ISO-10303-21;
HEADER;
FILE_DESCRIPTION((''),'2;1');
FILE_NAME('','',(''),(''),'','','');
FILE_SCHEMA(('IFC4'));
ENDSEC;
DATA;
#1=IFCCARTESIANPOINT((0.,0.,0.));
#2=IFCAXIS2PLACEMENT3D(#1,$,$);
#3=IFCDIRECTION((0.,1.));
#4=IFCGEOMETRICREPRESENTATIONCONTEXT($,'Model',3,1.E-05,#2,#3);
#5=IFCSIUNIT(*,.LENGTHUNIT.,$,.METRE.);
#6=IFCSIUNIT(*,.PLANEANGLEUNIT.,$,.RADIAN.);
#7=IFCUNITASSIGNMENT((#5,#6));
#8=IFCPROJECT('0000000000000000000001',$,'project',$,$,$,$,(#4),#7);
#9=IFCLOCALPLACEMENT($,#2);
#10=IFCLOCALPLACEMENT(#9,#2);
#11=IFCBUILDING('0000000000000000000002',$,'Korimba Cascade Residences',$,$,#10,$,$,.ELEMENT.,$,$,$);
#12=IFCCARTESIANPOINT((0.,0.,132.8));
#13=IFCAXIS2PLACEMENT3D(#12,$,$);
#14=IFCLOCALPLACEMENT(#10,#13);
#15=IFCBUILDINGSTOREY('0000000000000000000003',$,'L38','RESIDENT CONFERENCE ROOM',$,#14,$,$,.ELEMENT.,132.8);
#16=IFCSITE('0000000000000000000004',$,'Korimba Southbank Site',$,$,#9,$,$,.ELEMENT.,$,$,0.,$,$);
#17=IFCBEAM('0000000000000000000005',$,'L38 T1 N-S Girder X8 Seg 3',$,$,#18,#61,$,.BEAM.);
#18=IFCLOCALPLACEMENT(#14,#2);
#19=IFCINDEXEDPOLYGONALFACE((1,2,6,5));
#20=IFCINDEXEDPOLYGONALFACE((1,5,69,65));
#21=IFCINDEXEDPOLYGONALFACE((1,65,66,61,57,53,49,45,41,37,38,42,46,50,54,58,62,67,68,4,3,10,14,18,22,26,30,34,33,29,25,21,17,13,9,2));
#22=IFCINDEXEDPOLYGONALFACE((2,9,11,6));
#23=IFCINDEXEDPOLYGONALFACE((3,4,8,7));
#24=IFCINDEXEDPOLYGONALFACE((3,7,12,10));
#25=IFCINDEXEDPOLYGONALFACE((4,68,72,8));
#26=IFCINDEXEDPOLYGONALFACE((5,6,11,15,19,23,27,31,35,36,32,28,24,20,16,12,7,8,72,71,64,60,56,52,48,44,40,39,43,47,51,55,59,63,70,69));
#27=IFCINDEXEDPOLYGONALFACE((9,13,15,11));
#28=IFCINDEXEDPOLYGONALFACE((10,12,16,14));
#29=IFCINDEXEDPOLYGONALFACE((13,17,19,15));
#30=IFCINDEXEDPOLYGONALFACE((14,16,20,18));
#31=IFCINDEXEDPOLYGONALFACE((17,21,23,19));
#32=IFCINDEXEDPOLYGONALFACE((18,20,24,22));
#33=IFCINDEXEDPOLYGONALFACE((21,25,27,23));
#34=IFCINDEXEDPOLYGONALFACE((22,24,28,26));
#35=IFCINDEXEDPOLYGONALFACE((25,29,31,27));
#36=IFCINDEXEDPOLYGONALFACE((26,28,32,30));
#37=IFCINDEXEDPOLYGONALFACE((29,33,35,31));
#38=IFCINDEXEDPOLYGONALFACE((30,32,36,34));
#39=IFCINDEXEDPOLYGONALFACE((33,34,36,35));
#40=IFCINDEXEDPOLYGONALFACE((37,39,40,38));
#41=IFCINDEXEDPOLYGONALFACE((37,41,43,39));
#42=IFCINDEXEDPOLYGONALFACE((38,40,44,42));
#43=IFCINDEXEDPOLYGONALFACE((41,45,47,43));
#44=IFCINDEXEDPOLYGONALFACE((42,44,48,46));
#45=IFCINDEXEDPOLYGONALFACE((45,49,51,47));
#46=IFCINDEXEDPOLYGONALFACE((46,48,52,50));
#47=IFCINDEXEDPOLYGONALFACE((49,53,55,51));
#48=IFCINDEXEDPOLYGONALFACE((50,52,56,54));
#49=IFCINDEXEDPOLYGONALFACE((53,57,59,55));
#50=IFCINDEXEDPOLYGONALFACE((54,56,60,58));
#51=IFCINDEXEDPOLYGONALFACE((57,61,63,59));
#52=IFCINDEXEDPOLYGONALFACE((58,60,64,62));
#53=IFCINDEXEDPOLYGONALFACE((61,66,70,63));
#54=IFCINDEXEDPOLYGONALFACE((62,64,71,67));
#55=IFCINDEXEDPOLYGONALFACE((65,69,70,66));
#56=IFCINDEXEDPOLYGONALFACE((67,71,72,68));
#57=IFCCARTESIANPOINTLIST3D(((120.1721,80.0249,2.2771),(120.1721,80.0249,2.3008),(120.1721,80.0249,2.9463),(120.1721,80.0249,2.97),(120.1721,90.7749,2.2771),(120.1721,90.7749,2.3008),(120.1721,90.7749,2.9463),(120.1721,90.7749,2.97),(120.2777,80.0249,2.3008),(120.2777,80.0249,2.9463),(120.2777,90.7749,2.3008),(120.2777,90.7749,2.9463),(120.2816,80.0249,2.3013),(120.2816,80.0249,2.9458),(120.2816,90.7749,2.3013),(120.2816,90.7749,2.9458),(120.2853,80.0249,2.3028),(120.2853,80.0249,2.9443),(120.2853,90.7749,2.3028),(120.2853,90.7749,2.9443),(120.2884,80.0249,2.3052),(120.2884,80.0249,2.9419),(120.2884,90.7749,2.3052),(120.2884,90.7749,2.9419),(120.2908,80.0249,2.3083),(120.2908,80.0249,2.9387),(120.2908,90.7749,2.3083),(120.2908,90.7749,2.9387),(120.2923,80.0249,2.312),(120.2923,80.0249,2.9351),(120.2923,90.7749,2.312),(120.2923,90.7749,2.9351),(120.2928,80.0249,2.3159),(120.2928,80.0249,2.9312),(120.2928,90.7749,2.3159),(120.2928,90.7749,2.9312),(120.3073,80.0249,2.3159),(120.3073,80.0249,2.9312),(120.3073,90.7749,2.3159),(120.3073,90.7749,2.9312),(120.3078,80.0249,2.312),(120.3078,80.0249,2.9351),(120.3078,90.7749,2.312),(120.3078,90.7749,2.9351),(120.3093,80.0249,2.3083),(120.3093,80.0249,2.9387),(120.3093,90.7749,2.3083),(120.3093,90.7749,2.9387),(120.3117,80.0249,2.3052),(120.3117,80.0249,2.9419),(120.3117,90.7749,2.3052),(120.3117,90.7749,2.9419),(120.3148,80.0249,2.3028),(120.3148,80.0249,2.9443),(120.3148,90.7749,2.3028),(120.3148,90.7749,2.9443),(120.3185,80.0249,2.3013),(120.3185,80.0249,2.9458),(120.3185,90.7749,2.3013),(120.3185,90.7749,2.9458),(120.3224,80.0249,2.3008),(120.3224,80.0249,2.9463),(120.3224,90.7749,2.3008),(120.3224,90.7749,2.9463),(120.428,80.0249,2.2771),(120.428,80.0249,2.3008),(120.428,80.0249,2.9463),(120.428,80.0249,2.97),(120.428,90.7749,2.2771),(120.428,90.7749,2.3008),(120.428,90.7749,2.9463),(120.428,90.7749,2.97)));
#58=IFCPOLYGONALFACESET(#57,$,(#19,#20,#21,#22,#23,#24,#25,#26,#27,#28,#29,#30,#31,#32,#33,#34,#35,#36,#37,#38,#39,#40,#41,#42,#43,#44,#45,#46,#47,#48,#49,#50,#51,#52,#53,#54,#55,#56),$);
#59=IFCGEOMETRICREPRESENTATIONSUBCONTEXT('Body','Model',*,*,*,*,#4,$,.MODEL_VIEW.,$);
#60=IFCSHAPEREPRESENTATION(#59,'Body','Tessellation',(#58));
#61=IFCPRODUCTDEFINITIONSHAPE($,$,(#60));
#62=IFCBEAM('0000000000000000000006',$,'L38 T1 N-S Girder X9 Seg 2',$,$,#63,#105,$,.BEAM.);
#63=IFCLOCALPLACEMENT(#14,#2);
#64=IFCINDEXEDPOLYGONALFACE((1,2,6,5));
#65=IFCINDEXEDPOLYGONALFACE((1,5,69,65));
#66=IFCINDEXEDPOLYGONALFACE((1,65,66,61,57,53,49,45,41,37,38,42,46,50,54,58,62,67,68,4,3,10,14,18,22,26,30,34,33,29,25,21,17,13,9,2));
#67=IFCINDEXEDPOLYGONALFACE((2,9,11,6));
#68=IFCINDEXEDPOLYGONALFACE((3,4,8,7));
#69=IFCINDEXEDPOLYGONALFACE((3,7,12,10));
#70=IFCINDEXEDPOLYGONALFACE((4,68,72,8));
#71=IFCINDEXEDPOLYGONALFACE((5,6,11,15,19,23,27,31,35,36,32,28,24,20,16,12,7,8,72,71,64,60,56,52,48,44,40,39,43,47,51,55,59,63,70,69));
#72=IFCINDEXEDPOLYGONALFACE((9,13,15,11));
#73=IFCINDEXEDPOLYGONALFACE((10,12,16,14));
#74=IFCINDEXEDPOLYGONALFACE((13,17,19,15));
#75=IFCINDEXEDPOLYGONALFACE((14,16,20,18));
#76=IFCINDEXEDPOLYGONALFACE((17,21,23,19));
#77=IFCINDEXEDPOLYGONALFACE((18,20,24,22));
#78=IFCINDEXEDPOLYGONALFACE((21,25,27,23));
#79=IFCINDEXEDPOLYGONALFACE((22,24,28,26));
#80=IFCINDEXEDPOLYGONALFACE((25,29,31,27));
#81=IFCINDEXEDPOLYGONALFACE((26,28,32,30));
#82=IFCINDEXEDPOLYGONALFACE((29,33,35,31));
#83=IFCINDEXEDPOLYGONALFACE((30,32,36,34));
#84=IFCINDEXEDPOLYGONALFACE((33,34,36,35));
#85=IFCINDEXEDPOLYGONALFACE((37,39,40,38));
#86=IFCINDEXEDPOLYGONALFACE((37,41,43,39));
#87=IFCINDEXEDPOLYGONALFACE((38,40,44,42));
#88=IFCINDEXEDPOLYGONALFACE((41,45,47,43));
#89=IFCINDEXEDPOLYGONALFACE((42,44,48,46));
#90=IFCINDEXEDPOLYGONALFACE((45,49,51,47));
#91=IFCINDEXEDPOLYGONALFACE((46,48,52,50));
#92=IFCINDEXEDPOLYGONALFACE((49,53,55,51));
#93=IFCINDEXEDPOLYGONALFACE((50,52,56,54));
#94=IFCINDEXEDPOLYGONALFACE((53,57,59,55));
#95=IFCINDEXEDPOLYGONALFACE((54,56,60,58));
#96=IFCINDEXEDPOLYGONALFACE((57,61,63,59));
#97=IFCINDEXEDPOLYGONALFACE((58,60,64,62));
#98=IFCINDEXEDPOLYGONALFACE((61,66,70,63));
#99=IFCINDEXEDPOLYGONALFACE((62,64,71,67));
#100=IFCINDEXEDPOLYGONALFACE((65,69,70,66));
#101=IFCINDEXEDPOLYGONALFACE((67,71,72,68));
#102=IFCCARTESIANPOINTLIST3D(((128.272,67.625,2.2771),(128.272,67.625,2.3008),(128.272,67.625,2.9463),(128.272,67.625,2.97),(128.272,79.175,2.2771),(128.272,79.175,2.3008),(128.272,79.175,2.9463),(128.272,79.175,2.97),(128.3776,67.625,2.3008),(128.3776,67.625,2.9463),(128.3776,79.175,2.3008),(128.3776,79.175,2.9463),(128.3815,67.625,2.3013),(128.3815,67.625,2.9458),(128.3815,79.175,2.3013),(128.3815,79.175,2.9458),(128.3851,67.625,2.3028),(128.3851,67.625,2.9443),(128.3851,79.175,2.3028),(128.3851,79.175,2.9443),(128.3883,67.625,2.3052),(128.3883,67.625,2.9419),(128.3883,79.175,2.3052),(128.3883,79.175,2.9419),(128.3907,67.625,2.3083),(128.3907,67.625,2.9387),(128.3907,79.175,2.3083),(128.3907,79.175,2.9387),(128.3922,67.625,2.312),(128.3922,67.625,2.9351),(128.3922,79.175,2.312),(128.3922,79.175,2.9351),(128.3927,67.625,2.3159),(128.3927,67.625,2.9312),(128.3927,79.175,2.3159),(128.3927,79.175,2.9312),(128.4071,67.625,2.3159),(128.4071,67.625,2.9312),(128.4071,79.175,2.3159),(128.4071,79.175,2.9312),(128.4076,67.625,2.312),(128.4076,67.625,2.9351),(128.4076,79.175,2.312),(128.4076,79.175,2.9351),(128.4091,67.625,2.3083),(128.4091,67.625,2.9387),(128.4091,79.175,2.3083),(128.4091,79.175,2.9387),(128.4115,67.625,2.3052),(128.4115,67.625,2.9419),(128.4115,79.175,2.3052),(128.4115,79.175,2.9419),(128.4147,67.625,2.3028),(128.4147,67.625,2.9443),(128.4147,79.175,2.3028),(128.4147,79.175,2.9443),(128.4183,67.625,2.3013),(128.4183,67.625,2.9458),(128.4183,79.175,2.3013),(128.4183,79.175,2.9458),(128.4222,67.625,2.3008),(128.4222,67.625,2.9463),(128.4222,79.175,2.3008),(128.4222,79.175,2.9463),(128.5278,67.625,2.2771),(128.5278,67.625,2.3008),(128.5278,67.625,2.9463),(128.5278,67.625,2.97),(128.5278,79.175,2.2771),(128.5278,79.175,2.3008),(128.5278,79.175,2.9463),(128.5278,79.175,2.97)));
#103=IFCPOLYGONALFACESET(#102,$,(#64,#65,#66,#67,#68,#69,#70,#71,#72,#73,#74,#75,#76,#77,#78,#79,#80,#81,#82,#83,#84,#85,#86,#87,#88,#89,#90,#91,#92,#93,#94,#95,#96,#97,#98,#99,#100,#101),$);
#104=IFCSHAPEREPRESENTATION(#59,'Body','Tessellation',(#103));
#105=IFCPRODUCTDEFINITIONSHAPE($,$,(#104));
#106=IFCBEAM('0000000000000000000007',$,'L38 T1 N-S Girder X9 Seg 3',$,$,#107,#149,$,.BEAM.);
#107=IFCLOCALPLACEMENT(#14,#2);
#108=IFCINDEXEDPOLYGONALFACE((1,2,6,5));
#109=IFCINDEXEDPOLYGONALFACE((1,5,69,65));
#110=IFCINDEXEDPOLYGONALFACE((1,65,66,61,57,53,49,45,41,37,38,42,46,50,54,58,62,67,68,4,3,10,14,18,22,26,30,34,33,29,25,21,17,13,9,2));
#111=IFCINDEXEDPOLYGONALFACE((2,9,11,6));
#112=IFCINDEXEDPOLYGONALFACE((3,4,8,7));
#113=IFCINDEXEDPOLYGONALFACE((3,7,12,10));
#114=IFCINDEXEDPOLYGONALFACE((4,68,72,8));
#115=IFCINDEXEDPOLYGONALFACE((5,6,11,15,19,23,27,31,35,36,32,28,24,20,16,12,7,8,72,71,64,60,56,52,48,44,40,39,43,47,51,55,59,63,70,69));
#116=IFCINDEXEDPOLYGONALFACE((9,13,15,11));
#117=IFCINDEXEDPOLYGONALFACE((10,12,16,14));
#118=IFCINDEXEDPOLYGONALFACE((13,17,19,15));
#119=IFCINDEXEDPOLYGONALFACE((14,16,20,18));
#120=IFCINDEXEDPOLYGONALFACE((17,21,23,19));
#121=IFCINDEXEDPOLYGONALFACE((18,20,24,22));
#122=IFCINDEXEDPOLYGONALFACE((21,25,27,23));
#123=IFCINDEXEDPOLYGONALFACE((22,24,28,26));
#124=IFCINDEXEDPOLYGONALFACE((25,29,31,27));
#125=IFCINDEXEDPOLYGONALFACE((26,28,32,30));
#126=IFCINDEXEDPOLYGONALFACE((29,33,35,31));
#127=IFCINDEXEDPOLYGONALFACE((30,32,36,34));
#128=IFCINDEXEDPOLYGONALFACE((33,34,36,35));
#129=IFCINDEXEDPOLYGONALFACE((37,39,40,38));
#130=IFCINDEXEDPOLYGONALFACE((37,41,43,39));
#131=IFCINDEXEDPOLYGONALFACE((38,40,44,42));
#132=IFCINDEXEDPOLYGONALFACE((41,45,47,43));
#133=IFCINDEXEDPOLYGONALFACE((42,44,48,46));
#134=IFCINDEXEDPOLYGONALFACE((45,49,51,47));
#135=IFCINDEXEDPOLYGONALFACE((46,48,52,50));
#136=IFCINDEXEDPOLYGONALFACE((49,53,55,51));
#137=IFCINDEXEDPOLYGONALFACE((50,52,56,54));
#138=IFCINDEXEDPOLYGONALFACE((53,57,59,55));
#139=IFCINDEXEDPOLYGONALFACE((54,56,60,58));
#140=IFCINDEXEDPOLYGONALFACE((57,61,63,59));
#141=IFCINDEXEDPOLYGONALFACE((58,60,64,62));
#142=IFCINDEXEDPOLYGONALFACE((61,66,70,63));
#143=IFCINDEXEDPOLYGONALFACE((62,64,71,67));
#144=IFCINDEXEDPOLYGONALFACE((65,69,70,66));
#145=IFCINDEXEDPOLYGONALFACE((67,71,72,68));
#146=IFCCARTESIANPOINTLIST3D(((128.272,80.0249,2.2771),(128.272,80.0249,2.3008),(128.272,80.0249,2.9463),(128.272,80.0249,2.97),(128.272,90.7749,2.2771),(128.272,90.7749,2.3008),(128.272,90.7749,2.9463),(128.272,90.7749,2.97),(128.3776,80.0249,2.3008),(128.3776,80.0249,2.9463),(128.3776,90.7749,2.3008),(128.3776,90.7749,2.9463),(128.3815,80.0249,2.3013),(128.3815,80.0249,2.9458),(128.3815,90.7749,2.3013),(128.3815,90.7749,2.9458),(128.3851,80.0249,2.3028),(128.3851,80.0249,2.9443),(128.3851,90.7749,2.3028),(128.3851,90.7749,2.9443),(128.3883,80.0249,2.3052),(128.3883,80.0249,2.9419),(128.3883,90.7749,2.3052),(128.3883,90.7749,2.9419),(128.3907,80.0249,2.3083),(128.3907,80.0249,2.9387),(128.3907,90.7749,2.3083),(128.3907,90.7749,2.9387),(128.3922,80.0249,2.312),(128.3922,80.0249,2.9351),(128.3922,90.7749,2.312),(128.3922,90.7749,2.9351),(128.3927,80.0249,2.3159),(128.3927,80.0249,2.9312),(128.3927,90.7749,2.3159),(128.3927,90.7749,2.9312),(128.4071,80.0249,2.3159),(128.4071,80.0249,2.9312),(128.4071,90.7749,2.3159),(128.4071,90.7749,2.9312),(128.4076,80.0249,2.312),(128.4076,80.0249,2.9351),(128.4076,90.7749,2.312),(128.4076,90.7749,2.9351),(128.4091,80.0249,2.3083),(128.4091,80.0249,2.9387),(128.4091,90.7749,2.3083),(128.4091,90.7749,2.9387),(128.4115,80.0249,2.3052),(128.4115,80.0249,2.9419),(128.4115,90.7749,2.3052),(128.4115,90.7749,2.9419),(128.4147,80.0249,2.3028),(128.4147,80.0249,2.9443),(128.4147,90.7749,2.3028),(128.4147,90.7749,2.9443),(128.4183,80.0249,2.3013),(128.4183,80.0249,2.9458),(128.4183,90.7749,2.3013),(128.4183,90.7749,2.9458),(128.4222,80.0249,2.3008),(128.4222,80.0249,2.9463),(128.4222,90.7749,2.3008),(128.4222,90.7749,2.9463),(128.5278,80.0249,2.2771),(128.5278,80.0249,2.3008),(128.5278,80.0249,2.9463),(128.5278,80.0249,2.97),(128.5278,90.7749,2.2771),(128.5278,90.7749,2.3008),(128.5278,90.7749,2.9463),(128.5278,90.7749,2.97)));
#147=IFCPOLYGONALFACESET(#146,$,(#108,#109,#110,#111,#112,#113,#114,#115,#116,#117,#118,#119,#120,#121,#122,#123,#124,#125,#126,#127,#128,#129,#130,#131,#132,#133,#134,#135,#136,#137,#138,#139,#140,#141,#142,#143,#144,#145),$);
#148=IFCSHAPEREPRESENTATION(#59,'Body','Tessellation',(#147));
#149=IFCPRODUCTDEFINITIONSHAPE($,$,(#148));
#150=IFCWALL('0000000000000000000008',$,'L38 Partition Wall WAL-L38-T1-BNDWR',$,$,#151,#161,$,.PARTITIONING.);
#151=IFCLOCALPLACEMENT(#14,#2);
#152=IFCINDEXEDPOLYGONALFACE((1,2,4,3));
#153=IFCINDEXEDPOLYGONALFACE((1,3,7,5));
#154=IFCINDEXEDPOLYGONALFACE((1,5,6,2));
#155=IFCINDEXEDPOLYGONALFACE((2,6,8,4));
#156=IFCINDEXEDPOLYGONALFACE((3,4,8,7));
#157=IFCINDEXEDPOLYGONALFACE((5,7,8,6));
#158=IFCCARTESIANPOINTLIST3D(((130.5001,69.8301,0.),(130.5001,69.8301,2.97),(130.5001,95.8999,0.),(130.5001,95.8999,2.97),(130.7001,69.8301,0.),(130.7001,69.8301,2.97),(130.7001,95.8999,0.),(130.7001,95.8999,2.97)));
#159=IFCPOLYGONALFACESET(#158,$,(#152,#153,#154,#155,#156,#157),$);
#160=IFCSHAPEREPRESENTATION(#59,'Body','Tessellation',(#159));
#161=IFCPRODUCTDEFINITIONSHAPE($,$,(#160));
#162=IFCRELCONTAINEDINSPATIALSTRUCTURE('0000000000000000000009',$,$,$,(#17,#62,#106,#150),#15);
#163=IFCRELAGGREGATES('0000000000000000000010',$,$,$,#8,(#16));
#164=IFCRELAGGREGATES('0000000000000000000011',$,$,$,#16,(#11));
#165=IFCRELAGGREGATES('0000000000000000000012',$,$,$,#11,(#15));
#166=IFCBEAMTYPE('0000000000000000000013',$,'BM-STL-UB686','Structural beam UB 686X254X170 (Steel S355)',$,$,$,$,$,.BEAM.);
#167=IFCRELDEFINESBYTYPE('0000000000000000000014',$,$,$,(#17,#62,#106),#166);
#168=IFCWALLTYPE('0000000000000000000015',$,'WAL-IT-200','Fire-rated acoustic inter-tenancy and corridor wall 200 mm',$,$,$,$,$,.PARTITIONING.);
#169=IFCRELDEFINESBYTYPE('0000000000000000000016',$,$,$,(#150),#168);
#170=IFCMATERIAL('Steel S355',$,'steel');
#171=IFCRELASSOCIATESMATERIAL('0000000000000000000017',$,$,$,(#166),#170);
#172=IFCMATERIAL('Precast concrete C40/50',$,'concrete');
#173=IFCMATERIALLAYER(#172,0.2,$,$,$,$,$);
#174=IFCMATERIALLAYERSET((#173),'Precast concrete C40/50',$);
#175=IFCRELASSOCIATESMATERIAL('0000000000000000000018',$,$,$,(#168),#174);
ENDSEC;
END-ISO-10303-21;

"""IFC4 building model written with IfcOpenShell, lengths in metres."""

from ifc_helpers import new_model, si_unit, direction, frame, frame_2d, origin, origin_2d, place, context, subcontext, project, spatial, rectangle, i_section, extrude, material, layer, layer_set, material_profile, profile_set, type_object, element, save


model = new_model("IFC4")

# Units and contexts
model_context = context("Model", 3, precision=1e-05, world=origin(), true_north=direction((0.0, 1.0)))
body_context = subcontext(model_context, "Body", "Model", "MODEL_VIEW")
ifc_project = project(units=[si_unit("LENGTHUNIT", "METRE"), si_unit("PLANEANGLEUNIT", "RADIAN")], contexts=[model_context])

# Site, building, storey
site_placement = place(None, origin())
site = spatial("IfcSite", under=ifc_project, at=site_placement, Name="Korimba Southbank Site", CompositionType="ELEMENT", RefElevation=0.0)
building_placement = place(site_placement, origin())
building = spatial("IfcBuilding", under=site, at=building_placement, Name="Korimba Cascade Residences", CompositionType="ELEMENT")
storey_placement = place(building_placement, frame((0.0, 0.0, 132.8)))
storey = spatial("IfcBuildingStorey", under=building, at=storey_placement, Name="L38", Description="RESIDENT CONFERENCE ROOM", CompositionType="ELEMENT", Elevation=132.8)

# Beams
ifc_material_1 = material(Name="Steel S355", Category="steel")
ifc_material_profile_1 = material_profile(ifc_material_1, i_section(OverallWidth=0.2559, OverallDepth=0.6929, WebThickness=0.0144, FlangeThickness=0.0237, FilletRadius=0.0151, at=origin_2d()), Name="Steel S355")
ifc_profile_set_1 = profile_set([ifc_material_profile_1], Name="Steel S355")
beam_type_1 = type_object("IfcBeamType", Name="BM-STL-UB686", Description="Structural beam UB 686X254X170 (Steel S355)", PredefinedType="BEAM", material=ifc_profile_set_1)
beam_1_placement = place(storey_placement, frame((120.3, 80.0249, 2.6235), z_axis=(0.0, 1.0, 0.0), x_axis=(-1.0, 0.0, 0.0)))
element("IfcBeam", 1, at=beam_1_placement, inside=storey, type_object=beam_type_1, Name="L38 T1 N-S Girder X8 Seg 3", PredefinedType="BEAM", context=body_context, shape_type="SweptSolid", body=[
    extrude(i_section(OverallWidth=0.2559, OverallDepth=0.6929, WebThickness=0.0144, FlangeThickness=0.0237, FilletRadius=0.0151, at=origin_2d()), origin(), (0.0, 0.0, 1.0), 10.75),
])
beam_2_placement = place(storey_placement, frame((128.3999, 67.625, 2.6235), z_axis=(0.0, 1.0, 0.0), x_axis=(-1.0, 0.0, 0.0)))
element("IfcBeam", 2, at=beam_2_placement, inside=storey, type_object=beam_type_1, Name="L38 T1 N-S Girder X9 Seg 2", PredefinedType="BEAM", context=body_context, shape_type="SweptSolid", body=[
    extrude(i_section(OverallWidth=0.2559, OverallDepth=0.6929, WebThickness=0.0144, FlangeThickness=0.0237, FilletRadius=0.0151, at=origin_2d()), origin(), (0.0, 0.0, 1.0), 11.55),
])
beam_3_placement = place(storey_placement, frame((128.3999, 80.0249, 2.6235), z_axis=(0.0, 1.0, 0.0), x_axis=(-1.0, 0.0, 0.0)))
element("IfcBeam", 3, at=beam_3_placement, inside=storey, type_object=beam_type_1, Name="L38 T1 N-S Girder X9 Seg 3", PredefinedType="BEAM", context=body_context, shape_type="SweptSolid", body=[
    extrude(i_section(OverallWidth=0.2559, OverallDepth=0.6929, WebThickness=0.0144, FlangeThickness=0.0237, FilletRadius=0.0151, at=origin_2d()), origin(), (0.0, 0.0, 1.0), 10.75),
])

# Wall
ifc_material_2 = material(Name="Precast concrete C40/50", Category="concrete")
ifc_layer_1 = layer(ifc_material_2, 0.2)
ifc_layer_set_1 = layer_set([ifc_layer_1], Name="Precast concrete C40/50")
wall_type_1 = type_object("IfcWallType", Name="WAL-IT-200", Description="Fire-rated acoustic inter-tenancy and corridor wall 200 mm", PredefinedType="PARTITIONING", material=ifc_layer_set_1)
wall_1_placement = place(storey_placement, frame((130.6001, 69.8301, 0.0), z_axis=(0.0, 0.0, 1.0), x_axis=(0.0, 1.0, 0.0)))
element("IfcWall", 4, at=wall_1_placement, inside=storey, type_object=wall_type_1, Name="L38 Partition Wall WAL-L38-T1-BNDWR", PredefinedType="PARTITIONING", context=body_context, shape_type="SweptSolid", body=[
    extrude(rectangle(XDim=26.0698, YDim=0.2, at=frame_2d((13.0349, 0.0))), origin(), (0.0, 0.0, 1.0), 2.97),
])

save(model, "model.ifc")
